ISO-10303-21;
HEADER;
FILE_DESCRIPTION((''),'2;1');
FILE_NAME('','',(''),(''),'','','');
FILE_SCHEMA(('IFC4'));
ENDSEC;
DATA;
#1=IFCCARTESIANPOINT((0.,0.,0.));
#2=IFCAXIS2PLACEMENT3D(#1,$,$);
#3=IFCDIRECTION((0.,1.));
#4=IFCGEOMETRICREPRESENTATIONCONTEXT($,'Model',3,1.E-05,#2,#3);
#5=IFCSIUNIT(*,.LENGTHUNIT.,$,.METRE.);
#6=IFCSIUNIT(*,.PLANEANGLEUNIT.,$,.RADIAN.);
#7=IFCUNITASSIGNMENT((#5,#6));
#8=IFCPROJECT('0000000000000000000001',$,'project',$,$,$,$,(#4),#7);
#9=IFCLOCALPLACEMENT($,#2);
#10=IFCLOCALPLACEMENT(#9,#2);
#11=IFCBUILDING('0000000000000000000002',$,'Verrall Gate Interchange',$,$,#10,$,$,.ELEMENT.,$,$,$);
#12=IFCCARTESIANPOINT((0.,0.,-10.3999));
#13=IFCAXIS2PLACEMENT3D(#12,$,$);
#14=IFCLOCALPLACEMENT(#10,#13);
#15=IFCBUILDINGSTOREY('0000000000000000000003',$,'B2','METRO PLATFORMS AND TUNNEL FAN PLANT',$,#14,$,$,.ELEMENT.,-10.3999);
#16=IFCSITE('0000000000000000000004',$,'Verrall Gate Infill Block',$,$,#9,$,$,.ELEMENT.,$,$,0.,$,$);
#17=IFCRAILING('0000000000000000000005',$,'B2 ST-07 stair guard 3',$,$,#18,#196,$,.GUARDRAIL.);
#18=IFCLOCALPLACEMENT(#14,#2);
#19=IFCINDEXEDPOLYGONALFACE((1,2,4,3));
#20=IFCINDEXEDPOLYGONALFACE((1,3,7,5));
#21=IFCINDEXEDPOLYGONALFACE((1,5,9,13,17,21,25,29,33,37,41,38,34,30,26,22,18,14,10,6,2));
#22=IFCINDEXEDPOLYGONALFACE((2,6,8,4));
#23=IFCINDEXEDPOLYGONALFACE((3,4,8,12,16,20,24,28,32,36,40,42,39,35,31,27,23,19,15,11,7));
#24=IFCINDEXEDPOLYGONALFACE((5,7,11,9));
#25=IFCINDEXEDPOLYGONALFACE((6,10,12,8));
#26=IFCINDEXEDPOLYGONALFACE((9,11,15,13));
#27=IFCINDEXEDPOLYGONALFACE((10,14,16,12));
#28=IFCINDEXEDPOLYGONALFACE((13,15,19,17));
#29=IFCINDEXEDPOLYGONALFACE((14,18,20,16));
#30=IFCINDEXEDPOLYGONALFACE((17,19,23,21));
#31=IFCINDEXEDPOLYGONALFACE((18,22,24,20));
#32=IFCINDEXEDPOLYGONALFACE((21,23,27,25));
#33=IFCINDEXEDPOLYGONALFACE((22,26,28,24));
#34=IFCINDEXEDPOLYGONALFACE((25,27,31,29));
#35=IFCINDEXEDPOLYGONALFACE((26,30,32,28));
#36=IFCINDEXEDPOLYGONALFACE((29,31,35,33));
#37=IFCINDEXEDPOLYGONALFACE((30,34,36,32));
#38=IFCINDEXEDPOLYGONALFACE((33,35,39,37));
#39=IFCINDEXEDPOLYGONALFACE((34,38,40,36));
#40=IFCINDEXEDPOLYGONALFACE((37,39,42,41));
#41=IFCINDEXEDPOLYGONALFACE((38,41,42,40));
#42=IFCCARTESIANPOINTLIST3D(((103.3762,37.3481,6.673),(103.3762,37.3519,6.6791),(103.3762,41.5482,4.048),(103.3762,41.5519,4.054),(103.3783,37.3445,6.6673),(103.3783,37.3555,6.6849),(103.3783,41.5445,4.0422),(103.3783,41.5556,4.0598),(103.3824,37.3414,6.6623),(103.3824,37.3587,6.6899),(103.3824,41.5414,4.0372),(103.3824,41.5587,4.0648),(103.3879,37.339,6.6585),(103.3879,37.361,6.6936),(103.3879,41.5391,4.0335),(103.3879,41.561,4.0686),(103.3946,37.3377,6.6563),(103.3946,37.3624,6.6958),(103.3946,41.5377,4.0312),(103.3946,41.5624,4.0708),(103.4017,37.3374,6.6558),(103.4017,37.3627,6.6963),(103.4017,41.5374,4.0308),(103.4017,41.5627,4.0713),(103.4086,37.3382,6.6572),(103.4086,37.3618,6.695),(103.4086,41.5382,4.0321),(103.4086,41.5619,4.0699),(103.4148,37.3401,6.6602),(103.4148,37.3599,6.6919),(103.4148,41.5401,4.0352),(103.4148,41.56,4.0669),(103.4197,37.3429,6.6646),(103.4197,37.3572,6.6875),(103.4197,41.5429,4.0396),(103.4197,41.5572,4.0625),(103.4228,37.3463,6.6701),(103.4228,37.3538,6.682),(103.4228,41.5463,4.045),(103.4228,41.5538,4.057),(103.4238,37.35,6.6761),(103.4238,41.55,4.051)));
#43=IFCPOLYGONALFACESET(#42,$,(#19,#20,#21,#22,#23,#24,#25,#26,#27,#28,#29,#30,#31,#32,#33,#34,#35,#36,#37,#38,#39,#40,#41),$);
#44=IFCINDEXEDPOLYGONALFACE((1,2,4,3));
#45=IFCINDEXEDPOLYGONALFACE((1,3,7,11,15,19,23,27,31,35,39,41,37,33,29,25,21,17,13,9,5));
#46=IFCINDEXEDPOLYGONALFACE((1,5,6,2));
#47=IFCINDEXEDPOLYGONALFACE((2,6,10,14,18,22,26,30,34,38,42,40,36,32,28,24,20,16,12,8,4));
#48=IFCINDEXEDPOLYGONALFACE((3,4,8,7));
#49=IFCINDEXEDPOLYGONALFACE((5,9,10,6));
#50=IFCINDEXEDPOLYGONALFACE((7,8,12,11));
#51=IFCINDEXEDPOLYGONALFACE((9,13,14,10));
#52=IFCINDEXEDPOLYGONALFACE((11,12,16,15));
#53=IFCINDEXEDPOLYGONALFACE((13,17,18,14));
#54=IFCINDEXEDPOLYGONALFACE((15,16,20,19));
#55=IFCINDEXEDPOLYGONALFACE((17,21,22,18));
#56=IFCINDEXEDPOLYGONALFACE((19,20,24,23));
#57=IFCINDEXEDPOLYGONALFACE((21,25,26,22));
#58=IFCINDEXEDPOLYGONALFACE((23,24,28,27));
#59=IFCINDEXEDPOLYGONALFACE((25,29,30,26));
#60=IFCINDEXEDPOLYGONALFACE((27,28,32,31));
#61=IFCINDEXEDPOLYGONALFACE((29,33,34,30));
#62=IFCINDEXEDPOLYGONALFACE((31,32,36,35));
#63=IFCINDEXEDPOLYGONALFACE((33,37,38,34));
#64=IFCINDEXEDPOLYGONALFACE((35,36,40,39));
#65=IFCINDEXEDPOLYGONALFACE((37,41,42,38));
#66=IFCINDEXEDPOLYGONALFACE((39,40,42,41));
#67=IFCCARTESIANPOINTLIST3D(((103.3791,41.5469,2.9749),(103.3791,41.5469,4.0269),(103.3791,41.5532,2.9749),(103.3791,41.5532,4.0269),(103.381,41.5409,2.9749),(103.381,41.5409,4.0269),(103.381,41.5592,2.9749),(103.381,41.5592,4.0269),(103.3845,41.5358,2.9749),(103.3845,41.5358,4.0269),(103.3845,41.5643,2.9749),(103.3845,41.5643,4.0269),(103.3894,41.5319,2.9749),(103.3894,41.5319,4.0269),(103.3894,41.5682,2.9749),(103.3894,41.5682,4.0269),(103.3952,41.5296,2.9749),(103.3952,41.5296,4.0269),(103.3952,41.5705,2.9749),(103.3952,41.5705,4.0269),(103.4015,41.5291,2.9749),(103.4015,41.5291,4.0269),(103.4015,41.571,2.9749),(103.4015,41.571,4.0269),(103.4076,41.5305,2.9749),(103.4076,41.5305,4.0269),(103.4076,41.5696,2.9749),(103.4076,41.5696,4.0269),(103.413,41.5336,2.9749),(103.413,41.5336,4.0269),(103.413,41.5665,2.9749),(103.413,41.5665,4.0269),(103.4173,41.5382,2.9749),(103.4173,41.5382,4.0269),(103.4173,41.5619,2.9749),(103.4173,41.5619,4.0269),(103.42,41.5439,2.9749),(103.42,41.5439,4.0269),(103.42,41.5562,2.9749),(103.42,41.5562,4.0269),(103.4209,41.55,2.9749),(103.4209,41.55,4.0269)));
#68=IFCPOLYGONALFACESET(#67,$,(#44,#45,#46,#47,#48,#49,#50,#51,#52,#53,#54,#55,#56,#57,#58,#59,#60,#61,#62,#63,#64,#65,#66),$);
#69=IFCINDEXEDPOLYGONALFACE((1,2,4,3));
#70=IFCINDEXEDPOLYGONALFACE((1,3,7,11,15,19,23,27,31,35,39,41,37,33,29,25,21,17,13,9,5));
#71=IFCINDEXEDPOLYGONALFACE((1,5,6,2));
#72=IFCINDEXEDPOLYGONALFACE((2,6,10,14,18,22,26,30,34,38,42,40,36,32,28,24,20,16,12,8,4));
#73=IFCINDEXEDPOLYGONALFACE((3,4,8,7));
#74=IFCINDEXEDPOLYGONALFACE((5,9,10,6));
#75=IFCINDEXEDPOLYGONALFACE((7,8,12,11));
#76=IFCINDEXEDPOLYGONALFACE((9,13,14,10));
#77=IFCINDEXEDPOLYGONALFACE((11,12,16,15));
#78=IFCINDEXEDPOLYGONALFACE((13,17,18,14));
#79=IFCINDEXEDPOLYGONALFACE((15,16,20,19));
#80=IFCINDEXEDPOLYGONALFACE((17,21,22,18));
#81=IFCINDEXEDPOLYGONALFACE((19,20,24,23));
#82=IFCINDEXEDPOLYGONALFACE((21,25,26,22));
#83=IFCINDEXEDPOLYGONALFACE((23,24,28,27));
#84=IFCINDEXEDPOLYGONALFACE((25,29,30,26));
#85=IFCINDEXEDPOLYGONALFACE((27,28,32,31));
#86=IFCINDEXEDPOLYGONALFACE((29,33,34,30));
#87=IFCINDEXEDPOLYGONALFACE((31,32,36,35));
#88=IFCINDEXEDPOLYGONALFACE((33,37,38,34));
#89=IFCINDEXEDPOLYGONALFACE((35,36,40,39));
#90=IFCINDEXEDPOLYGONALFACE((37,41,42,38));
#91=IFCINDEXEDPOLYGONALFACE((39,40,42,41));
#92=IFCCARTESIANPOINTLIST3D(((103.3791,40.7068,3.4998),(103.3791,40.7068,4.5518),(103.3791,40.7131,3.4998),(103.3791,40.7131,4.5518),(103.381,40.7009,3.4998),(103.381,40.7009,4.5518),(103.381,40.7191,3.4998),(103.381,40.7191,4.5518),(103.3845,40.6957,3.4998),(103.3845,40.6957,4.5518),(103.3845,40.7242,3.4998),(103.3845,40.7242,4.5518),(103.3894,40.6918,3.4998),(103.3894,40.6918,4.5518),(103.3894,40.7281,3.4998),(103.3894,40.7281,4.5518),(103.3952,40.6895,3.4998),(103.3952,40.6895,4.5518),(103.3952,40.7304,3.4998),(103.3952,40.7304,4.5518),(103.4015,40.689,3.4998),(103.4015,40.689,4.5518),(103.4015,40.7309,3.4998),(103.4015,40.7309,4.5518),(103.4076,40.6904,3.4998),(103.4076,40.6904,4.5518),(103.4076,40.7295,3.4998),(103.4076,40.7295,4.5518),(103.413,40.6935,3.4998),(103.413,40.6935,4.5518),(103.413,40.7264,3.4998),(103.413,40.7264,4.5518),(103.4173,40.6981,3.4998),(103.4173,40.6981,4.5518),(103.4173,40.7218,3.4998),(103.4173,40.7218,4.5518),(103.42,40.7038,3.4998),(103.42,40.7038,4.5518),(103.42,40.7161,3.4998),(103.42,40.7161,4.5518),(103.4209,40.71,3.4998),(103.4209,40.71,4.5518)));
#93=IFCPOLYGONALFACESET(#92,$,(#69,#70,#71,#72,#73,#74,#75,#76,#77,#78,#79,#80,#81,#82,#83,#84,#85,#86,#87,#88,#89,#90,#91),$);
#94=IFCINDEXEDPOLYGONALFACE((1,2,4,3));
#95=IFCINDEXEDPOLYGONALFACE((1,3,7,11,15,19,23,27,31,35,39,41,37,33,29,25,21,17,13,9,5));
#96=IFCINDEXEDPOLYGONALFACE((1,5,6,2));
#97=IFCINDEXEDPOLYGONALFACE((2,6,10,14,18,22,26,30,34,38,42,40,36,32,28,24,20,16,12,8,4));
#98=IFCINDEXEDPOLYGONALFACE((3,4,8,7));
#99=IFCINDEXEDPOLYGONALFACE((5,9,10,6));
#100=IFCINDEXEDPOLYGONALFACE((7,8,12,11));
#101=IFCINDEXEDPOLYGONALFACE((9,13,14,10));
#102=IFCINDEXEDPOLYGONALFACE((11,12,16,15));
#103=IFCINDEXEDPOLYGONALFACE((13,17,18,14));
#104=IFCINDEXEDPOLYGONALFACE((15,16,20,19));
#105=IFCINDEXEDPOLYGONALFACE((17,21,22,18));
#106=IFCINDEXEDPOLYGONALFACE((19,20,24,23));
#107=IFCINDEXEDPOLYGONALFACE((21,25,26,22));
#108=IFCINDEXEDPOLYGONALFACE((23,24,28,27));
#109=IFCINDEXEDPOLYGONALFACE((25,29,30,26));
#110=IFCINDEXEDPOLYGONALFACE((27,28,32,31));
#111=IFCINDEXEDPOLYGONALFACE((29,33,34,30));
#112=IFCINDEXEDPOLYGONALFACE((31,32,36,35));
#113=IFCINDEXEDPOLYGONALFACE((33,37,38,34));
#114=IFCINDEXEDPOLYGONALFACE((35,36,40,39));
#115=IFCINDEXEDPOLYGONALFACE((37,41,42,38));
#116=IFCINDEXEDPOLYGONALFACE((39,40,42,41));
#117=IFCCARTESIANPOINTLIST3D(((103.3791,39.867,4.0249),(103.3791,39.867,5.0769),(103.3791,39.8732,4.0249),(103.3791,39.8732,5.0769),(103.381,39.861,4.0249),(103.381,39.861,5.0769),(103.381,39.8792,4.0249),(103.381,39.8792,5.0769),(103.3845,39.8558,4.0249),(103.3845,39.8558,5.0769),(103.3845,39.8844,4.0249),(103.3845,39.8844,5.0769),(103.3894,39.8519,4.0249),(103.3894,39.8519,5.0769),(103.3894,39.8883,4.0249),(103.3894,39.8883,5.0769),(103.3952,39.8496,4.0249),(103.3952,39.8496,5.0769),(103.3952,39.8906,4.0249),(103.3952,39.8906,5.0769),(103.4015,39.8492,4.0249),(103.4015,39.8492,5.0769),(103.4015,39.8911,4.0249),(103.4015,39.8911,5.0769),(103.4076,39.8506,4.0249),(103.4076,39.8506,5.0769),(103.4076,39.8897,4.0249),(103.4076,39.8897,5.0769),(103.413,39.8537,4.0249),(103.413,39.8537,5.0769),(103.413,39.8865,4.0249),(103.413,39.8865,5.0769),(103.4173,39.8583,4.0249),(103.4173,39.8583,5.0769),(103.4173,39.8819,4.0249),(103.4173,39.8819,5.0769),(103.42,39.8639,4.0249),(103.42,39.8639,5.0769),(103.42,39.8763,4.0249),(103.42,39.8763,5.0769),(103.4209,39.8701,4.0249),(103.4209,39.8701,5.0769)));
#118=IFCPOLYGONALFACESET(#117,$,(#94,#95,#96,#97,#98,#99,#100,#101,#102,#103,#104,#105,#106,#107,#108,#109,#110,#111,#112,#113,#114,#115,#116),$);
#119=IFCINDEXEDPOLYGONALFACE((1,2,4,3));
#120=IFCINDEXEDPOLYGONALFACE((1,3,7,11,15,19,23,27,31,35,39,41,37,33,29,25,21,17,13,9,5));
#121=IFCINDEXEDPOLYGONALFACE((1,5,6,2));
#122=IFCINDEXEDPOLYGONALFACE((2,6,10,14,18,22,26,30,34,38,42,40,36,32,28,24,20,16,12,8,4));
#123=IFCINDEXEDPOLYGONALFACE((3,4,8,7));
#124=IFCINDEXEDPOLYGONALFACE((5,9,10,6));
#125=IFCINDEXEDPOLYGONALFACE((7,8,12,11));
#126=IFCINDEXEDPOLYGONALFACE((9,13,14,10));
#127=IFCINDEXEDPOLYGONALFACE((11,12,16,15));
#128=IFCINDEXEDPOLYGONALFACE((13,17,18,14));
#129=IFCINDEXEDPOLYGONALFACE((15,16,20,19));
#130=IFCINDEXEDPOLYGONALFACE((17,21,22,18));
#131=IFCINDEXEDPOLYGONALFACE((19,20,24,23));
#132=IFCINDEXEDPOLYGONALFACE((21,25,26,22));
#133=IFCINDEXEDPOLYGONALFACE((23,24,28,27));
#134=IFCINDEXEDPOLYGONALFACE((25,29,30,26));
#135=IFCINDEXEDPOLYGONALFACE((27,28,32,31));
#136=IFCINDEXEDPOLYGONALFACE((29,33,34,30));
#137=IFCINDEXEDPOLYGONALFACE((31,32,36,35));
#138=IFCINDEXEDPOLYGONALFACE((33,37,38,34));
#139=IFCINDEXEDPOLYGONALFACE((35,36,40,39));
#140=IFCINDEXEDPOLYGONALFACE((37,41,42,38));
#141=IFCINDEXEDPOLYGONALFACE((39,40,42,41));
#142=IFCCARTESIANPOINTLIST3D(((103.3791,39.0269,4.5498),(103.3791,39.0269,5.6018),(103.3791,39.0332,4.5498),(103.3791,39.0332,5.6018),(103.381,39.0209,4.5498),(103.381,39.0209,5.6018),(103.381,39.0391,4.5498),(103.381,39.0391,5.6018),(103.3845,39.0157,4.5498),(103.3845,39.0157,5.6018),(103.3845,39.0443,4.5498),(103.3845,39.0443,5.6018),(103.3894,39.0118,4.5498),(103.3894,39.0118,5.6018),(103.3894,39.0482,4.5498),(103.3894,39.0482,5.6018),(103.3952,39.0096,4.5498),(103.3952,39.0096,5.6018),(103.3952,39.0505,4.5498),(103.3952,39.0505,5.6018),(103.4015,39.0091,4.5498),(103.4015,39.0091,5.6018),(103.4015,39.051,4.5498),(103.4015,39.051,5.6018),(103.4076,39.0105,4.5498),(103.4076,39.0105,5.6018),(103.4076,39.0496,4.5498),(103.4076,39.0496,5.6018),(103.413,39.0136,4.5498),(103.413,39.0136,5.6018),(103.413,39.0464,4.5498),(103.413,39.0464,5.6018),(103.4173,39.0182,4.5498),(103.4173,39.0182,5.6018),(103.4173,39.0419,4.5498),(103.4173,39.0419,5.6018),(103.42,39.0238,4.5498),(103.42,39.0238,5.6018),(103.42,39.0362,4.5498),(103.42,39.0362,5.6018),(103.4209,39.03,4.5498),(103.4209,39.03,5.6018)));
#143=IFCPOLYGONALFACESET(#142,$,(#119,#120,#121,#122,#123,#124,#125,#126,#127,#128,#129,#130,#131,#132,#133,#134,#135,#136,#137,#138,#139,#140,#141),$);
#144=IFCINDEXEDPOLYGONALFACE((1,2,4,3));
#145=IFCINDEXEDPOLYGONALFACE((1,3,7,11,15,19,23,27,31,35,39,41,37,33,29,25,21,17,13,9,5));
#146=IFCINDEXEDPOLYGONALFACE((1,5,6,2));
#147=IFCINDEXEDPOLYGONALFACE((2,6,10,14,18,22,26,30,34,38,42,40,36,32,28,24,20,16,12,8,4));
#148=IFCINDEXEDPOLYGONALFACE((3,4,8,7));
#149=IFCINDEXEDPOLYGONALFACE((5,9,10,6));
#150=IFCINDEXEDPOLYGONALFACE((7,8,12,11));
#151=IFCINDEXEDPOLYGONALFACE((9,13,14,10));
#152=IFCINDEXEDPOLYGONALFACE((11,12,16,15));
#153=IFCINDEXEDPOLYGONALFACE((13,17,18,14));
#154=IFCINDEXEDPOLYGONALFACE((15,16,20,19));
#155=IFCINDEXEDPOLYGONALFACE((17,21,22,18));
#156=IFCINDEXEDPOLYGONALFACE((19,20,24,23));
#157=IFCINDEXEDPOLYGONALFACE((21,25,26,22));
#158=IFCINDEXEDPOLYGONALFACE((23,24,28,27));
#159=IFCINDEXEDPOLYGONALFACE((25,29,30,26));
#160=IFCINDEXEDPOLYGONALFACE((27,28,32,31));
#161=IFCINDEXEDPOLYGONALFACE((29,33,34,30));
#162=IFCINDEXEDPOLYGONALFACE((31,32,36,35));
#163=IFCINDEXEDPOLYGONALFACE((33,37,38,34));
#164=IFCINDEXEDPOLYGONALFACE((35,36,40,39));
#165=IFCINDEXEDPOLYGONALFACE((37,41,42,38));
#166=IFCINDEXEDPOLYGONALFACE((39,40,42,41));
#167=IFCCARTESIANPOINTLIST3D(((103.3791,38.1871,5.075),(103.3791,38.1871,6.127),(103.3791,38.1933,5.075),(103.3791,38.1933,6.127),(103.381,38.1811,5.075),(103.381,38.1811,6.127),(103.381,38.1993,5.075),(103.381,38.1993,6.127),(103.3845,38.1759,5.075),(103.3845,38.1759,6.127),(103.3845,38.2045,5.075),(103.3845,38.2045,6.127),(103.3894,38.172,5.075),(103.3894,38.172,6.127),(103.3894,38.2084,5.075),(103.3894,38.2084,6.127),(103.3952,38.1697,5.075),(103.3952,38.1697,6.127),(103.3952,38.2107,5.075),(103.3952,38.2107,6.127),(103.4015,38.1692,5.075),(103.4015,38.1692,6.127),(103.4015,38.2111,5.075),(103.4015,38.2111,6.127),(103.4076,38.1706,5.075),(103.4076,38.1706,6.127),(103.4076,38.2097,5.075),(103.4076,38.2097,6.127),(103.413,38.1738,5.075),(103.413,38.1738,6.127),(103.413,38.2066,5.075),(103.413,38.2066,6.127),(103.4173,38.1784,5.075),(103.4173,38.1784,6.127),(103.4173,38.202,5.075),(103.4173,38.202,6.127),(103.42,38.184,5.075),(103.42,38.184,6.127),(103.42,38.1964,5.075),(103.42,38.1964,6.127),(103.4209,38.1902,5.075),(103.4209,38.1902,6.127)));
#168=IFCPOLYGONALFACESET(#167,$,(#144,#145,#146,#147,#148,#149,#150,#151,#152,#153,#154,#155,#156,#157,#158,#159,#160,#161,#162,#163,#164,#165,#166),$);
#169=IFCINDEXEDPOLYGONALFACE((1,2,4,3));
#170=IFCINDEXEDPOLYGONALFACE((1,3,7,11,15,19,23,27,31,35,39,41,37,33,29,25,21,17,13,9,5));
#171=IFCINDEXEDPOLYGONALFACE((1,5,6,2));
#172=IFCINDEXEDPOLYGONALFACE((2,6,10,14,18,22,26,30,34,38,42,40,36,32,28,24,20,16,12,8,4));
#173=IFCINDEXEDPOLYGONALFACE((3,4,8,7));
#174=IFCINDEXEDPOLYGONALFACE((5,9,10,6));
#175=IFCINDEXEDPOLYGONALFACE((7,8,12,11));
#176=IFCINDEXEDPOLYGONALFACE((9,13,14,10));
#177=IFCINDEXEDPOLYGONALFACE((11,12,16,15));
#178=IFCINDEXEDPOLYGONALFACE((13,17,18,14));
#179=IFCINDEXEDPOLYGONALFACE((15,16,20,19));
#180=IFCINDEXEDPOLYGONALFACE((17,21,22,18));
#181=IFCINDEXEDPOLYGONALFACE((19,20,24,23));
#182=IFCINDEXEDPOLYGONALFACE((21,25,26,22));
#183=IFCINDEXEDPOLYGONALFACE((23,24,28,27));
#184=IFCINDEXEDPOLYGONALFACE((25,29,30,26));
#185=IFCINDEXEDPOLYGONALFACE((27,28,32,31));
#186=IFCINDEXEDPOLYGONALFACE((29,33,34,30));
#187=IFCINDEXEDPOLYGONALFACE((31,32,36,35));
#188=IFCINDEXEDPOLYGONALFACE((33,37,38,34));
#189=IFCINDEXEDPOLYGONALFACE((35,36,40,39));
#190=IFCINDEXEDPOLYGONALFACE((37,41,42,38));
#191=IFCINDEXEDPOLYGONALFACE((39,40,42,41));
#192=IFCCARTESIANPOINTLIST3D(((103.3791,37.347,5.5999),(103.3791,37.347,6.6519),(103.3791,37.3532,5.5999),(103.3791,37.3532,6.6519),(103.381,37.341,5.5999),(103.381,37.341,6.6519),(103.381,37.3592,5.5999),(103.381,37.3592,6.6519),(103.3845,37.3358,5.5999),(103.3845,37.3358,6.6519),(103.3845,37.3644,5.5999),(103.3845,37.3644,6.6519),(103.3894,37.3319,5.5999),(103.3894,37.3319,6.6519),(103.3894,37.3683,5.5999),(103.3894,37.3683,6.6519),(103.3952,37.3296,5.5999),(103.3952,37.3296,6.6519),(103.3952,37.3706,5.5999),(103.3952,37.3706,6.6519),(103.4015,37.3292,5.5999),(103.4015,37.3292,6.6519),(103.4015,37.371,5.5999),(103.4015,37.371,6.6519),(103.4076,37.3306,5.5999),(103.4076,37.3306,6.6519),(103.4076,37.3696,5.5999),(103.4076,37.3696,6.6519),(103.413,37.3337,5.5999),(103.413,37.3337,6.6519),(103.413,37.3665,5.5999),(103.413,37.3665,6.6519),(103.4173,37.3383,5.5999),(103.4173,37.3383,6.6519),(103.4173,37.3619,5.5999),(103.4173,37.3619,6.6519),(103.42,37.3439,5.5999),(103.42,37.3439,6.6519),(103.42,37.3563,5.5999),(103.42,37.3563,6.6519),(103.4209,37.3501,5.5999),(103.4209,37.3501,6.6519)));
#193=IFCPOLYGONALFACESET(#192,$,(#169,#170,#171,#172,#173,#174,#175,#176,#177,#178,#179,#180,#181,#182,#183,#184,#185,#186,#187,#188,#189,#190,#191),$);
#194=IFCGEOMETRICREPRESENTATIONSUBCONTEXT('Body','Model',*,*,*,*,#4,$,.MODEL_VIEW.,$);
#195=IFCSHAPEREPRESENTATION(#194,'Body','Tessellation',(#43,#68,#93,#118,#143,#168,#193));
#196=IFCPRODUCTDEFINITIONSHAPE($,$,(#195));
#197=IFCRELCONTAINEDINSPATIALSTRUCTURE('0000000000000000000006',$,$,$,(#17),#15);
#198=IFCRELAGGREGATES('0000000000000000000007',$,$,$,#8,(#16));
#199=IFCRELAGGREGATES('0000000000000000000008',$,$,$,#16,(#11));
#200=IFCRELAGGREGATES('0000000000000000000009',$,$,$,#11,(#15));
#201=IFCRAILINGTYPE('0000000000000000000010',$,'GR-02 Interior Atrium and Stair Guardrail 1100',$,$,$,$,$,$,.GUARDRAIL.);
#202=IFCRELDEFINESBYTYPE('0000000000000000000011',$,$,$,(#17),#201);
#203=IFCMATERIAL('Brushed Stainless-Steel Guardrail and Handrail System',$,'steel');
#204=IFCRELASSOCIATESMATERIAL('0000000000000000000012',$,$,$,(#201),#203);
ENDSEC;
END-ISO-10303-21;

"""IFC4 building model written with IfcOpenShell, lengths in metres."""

from ifc_helpers import new_model, si_unit, direction, frame, origin, origin_2d, place, context, subcontext, project, spatial, circle, extrude, material, type_object, element, save


model = new_model("IFC4")

# Units and contexts
model_context = context("Model", 3, precision=1e-05, world=origin(), true_north=direction((0.0, 1.0)))
body_context = subcontext(model_context, "Body", "Model", "MODEL_VIEW")
ifc_project = project(units=[si_unit("LENGTHUNIT", "METRE"), si_unit("PLANEANGLEUNIT", "RADIAN")], contexts=[model_context])

# Site, building, storey
site_placement = place(None, origin())
site = spatial("IfcSite", under=ifc_project, at=site_placement, Name="Verrall Gate Infill Block", CompositionType="ELEMENT", RefElevation=0.0)
building_placement = place(site_placement, origin())
building = spatial("IfcBuilding", under=site, at=building_placement, Name="Verrall Gate Interchange", CompositionType="ELEMENT")
storey_placement = place(building_placement, frame((0.0, 0.0, -10.3999)))
storey = spatial("IfcBuildingStorey", under=building, at=storey_placement, Name="B2", Description="METRO PLATFORMS AND TUNNEL FAN PLANT", CompositionType="ELEMENT", Elevation=-10.3999)

# Railing
ifc_material_1 = material(Name="Brushed Stainless-Steel Guardrail and Handrail System", Category="steel")
railing_type_1 = type_object("IfcRailingType", Name="GR-02 Interior Atrium and Stair Guardrail 1100", PredefinedType="GUARDRAIL", material=ifc_material_1)
railing_1_placement = place(storey_placement, frame((103.3999, 41.55, 2.9749)))
element("IfcRailing", 1, at=railing_1_placement, inside=storey, type_object=railing_type_1, Name="B2 ST-07 stair guard 3", PredefinedType="GUARDRAIL", context=body_context, shape_type="SweptSolid", body=[
    extrude(circle(Radius=0.0239, at=origin_2d()), frame((0.0, 0.0, 1.0762), z_axis=(0.0, -0.847996, 0.530003), x_axis=(1.0, 0.0, 0.0)), (0.0, 0.0, 1.0), 4.9529),
    extrude(circle(Radius=0.021, at=origin_2d()), origin(), (0.0, 0.0, 1.0), 1.052),
    extrude(circle(Radius=0.021, at=origin_2d()), frame((0.0, -0.8401, 0.5249)), (0.0, 0.0, 1.0), 1.052),
    extrude(circle(Radius=0.021, at=origin_2d()), frame((0.0, -1.6799, 1.05)), (0.0, 0.0, 1.0), 1.052),
    extrude(circle(Radius=0.021, at=origin_2d()), frame((0.0, -2.52, 1.575)), (0.0, 0.0, 1.0), 1.052),
    extrude(circle(Radius=0.021, at=origin_2d()), frame((0.0, -3.3599, 2.1001)), (0.0, 0.0, 1.0), 1.052),
    extrude(circle(Radius=0.021, at=origin_2d()), frame((0.0, -4.2, 2.625)), (0.0, 0.0, 1.0), 1.052),
])

save(model, "model.ifc")
